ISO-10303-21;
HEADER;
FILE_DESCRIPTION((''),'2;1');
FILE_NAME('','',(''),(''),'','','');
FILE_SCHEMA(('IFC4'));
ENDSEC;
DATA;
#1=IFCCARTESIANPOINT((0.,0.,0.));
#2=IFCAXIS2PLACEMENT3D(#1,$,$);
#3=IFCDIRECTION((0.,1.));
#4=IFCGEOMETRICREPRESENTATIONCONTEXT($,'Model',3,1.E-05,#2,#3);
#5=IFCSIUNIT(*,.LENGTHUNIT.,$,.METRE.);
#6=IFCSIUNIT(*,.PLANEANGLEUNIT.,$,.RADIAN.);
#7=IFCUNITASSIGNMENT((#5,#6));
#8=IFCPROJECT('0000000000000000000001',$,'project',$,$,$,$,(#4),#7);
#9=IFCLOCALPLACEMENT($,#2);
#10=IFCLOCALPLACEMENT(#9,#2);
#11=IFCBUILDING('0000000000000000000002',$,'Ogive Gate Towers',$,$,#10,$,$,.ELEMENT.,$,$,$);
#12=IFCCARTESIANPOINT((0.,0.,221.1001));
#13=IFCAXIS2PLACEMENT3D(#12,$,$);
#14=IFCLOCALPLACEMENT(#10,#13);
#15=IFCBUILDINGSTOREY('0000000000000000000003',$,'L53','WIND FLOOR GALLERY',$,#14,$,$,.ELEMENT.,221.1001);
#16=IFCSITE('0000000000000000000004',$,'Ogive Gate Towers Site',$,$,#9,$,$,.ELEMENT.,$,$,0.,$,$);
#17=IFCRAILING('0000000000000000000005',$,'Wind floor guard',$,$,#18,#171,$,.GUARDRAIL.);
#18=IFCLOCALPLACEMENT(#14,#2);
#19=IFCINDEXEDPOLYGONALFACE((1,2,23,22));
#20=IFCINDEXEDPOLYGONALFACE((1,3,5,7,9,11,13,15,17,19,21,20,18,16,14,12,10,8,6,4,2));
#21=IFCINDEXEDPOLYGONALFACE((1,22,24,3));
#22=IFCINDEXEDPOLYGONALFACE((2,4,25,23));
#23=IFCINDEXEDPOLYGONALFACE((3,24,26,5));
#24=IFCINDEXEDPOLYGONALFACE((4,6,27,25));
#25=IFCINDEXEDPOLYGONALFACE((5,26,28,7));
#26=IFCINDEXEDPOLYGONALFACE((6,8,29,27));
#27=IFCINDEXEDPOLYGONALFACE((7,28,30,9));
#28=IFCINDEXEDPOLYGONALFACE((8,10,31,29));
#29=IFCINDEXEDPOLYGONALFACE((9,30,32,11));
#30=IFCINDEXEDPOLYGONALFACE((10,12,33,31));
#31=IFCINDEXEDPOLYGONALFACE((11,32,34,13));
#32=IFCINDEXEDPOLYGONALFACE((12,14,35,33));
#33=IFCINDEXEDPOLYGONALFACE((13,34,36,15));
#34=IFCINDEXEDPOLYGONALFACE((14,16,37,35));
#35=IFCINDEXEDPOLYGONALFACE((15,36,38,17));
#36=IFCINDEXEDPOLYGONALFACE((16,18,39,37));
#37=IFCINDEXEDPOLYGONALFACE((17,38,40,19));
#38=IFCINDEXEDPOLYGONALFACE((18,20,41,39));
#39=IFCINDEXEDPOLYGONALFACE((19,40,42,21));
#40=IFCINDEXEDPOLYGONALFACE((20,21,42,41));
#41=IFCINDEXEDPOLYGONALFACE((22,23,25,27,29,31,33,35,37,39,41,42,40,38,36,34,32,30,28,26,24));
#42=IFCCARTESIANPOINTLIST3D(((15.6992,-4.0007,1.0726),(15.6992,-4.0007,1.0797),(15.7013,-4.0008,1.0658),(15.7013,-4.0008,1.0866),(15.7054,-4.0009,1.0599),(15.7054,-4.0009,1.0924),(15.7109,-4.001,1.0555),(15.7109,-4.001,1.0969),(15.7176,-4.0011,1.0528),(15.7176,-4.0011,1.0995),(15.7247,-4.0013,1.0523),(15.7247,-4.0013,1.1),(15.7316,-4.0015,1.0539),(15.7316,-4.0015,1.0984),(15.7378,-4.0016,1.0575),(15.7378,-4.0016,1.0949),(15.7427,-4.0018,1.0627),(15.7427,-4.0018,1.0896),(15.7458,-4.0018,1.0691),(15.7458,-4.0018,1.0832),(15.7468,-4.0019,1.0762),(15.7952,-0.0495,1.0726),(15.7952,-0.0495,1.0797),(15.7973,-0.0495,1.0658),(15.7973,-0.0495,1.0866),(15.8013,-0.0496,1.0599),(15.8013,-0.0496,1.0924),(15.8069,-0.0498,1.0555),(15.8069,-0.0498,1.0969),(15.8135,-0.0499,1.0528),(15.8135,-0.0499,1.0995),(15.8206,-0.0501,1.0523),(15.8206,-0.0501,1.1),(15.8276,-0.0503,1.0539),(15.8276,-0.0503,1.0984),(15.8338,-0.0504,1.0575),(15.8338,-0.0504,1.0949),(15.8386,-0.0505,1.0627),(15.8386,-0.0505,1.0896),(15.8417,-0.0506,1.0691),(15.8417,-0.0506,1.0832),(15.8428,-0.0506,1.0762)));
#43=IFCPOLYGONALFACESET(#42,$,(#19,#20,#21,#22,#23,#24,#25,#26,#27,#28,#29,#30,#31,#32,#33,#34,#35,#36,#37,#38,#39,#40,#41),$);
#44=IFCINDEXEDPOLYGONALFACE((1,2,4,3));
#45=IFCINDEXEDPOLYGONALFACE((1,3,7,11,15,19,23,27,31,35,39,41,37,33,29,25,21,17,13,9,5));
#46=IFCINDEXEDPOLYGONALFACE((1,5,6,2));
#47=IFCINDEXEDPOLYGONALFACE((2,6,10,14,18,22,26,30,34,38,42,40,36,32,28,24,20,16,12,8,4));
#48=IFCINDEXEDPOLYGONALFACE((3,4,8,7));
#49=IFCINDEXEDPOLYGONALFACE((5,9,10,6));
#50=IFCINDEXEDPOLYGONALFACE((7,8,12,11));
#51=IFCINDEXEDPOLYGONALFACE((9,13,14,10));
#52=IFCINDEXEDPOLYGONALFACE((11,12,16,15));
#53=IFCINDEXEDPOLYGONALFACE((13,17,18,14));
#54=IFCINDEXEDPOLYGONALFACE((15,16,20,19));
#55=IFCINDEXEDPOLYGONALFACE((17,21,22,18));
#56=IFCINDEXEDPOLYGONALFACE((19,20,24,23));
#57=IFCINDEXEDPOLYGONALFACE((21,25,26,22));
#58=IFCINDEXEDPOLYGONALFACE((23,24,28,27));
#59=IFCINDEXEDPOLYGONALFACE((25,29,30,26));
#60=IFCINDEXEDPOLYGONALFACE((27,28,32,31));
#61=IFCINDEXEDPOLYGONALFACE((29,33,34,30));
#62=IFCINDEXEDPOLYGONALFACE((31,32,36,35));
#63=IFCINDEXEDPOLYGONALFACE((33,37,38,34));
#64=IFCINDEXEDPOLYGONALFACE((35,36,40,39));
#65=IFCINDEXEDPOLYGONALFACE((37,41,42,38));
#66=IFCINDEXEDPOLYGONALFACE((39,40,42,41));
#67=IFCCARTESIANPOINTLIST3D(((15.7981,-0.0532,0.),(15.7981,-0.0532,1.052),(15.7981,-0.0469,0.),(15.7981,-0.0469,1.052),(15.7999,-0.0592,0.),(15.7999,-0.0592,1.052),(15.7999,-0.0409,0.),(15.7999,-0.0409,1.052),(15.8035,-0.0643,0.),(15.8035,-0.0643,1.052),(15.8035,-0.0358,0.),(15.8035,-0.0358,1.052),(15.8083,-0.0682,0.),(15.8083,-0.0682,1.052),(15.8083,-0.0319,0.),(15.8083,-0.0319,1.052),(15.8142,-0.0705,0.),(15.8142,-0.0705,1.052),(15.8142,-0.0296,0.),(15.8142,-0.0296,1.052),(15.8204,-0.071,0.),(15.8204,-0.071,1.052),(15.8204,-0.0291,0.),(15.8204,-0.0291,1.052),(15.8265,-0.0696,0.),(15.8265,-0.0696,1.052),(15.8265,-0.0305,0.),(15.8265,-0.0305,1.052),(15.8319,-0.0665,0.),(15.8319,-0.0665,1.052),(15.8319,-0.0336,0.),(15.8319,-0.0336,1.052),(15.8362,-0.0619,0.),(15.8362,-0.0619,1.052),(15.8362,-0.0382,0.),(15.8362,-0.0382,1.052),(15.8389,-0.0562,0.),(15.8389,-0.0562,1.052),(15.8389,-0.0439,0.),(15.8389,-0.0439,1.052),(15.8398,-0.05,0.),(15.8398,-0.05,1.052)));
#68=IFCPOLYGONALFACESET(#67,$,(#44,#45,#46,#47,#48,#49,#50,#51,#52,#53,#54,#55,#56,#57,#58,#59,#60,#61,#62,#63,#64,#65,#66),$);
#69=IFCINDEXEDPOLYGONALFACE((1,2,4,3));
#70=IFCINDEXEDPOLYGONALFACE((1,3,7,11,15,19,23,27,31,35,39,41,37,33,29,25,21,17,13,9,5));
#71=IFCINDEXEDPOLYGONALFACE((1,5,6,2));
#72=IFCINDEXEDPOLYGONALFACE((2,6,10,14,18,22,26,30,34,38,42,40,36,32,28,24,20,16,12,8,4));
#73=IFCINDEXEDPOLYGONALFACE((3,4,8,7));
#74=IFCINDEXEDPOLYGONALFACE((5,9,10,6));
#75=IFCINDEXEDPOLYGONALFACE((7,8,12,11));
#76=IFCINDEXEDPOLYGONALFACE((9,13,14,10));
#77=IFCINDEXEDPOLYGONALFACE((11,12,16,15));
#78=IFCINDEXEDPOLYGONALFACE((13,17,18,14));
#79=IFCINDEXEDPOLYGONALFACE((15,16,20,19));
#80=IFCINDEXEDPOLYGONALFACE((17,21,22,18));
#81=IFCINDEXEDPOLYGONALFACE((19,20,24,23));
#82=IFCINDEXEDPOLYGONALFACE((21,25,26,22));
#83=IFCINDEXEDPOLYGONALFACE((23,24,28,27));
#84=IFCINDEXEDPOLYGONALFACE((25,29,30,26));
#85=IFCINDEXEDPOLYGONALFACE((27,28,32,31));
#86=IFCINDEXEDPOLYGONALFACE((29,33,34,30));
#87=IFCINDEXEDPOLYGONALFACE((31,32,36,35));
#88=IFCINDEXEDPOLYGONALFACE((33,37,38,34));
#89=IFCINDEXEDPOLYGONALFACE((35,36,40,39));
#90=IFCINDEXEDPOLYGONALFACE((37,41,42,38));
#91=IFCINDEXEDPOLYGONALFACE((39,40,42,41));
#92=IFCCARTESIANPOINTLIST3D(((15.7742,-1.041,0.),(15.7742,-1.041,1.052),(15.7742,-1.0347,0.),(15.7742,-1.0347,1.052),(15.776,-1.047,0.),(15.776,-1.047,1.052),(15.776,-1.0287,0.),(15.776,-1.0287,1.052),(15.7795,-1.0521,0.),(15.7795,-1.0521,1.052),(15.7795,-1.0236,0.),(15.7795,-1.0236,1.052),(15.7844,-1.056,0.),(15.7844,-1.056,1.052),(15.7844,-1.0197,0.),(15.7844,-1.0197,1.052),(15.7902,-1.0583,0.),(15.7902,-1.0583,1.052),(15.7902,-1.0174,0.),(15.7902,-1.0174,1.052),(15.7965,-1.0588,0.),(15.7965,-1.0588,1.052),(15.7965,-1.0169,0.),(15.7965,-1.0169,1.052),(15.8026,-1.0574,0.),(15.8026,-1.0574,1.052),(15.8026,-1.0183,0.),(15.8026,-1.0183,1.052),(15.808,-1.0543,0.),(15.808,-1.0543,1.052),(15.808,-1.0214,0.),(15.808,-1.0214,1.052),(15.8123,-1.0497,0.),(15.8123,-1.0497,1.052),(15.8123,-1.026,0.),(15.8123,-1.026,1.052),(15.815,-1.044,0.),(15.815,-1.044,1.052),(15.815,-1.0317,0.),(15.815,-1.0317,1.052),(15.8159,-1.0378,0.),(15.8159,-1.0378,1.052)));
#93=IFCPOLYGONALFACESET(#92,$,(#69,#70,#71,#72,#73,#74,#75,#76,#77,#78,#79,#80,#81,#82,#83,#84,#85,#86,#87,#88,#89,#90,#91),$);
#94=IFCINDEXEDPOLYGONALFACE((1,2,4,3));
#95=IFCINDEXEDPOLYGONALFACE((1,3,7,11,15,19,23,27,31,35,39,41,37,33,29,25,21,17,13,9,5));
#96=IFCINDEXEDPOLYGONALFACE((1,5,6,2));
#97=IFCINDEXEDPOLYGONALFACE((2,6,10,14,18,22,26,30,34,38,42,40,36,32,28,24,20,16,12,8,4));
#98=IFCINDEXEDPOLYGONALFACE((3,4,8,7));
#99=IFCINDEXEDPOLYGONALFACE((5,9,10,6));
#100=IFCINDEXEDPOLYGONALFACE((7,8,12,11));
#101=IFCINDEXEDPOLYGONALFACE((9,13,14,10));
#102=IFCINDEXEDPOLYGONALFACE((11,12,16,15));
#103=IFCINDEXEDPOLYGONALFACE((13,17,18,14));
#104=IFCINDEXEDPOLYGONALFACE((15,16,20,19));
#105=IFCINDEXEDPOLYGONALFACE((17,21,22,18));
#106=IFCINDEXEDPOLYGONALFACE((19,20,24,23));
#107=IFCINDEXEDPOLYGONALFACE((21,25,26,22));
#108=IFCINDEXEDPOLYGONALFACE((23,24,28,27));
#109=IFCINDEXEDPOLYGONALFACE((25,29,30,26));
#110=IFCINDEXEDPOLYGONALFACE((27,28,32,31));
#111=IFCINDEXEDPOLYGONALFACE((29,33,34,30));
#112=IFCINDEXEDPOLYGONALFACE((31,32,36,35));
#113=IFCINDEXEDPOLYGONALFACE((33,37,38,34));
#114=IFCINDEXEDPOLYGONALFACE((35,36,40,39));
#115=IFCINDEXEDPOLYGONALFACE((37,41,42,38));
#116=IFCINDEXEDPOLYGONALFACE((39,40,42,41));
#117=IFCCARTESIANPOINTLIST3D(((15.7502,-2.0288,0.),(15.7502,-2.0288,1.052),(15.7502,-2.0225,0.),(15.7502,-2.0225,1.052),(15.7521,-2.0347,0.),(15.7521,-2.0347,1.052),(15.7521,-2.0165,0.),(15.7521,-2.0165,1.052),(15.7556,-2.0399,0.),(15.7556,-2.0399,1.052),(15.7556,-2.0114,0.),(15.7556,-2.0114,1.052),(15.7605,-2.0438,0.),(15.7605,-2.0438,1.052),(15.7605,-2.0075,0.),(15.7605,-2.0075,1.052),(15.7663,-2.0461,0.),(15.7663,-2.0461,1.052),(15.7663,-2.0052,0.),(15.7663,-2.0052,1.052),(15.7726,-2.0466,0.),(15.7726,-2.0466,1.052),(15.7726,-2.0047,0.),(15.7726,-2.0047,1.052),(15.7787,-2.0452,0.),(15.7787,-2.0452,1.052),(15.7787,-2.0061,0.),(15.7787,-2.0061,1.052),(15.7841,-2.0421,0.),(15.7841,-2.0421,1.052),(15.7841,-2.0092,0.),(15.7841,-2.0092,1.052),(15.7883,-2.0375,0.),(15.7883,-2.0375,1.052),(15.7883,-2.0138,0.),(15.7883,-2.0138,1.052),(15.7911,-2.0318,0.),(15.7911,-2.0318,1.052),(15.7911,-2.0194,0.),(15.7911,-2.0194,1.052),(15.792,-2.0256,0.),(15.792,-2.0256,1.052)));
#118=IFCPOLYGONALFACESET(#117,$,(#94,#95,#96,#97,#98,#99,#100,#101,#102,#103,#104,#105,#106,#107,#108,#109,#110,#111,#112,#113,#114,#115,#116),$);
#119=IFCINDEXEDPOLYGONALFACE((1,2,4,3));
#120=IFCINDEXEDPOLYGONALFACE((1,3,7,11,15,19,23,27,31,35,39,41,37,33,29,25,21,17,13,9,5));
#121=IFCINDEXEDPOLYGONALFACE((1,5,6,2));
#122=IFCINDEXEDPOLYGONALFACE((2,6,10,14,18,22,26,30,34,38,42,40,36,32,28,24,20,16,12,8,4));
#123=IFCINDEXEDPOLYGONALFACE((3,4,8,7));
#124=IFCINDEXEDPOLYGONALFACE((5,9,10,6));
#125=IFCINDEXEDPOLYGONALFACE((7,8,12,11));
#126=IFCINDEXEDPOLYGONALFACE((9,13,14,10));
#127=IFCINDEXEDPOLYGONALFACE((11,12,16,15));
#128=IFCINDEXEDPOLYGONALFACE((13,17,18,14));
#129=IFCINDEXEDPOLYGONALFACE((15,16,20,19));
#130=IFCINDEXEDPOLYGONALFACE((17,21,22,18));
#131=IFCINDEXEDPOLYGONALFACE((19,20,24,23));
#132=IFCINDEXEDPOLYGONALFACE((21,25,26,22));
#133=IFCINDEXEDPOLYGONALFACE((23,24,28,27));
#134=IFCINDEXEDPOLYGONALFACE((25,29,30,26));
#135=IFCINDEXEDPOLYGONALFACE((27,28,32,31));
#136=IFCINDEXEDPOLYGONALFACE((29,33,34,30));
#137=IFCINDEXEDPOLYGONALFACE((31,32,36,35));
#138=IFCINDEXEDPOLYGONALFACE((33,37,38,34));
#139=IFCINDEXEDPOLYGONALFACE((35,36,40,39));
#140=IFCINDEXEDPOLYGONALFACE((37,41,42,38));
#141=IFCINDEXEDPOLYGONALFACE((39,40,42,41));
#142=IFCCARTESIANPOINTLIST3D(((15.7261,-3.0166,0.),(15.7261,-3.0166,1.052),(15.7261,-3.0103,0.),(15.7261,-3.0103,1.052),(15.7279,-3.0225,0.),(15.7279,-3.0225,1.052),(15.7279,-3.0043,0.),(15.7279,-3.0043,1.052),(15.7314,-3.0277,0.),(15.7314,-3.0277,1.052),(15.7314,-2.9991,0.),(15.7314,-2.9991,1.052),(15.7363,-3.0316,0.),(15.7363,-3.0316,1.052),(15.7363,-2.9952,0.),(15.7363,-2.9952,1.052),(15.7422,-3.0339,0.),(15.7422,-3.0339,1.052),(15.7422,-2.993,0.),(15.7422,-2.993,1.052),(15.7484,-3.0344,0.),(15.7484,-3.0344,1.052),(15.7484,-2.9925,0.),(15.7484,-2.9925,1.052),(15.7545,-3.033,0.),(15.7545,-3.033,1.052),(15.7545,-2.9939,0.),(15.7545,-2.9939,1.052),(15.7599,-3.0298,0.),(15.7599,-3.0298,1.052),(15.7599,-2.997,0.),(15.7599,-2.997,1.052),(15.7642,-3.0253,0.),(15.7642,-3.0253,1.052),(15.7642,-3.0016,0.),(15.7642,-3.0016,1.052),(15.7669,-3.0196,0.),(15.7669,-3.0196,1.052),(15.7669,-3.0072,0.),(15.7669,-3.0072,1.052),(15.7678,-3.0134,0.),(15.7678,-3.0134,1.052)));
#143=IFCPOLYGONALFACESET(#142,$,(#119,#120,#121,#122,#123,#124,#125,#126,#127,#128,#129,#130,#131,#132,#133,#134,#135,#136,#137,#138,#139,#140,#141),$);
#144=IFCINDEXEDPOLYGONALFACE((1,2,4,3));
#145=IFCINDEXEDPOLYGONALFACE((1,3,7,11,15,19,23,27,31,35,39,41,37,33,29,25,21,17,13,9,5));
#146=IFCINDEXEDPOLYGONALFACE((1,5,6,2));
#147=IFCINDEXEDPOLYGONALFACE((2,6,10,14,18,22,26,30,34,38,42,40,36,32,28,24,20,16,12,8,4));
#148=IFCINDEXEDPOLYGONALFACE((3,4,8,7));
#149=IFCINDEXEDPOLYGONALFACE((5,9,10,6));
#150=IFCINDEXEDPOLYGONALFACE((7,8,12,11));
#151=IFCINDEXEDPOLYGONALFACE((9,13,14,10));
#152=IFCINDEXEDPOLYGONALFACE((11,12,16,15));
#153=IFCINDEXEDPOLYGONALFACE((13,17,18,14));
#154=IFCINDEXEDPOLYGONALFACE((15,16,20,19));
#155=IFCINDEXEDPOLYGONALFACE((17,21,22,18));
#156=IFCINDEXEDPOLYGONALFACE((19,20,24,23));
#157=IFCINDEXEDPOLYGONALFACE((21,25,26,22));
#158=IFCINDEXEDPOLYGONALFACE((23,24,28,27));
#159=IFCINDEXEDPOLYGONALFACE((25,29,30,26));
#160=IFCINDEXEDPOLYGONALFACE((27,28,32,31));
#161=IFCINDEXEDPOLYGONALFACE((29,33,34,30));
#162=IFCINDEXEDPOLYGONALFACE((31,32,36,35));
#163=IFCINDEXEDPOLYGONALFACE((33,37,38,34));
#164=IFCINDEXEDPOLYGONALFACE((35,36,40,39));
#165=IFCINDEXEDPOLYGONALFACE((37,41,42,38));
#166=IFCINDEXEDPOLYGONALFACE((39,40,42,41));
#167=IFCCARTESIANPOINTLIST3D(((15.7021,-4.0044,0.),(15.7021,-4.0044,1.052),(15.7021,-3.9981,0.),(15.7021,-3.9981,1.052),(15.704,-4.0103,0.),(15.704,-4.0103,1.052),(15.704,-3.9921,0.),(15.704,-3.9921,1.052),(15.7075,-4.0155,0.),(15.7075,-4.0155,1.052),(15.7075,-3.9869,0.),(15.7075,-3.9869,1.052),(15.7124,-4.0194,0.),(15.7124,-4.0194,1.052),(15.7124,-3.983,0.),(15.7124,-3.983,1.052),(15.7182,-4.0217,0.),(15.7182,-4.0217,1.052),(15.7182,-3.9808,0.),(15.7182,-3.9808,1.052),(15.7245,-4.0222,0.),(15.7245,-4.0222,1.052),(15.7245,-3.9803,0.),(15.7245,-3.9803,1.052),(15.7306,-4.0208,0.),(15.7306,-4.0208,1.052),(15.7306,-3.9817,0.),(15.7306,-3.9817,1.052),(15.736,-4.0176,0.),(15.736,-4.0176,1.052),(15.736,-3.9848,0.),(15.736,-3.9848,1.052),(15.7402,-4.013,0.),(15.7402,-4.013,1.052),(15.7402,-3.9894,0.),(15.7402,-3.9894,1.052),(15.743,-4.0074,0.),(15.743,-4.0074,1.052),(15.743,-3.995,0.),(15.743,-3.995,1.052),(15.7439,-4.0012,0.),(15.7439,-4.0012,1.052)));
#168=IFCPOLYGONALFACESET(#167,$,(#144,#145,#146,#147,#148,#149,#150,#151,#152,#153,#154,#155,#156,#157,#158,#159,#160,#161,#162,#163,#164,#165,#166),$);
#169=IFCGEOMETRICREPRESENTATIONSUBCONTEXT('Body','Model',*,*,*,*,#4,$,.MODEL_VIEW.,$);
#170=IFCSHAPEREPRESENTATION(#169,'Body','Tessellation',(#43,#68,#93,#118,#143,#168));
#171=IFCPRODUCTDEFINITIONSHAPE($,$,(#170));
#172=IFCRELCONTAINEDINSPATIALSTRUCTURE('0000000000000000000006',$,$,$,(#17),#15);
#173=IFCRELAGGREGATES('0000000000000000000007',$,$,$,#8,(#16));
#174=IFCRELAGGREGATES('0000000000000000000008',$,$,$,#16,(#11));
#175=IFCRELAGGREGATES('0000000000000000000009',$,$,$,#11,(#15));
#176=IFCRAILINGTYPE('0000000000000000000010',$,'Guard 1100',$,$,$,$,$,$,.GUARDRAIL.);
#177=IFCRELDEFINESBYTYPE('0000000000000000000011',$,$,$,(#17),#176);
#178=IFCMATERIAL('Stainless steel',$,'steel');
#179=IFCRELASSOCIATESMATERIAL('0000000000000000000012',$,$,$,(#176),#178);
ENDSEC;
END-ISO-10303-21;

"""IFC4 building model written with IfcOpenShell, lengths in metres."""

from ifc_helpers import new_model, si_unit, direction, frame, origin, origin_2d, place, context, subcontext, project, spatial, circle, extrude, material, type_object, element, save


model = new_model("IFC4")

# Units and contexts
model_context = context("Model", 3, precision=1e-05, world=origin(), true_north=direction((0.0, 1.0)))
body_context = subcontext(model_context, "Body", "Model", "MODEL_VIEW")
ifc_project = project(units=[si_unit("LENGTHUNIT", "METRE"), si_unit("PLANEANGLEUNIT", "RADIAN")], contexts=[model_context])

# Site, building, storey
site_placement = place(None, origin())
site = spatial("IfcSite", under=ifc_project, at=site_placement, Name="Ogive Gate Towers Site", CompositionType="ELEMENT", RefElevation=0.0)
building_placement = place(site_placement, origin())
building = spatial("IfcBuilding", under=site, at=building_placement, Name="Ogive Gate Towers", CompositionType="ELEMENT")
storey_placement = place(building_placement, frame((0.0, 0.0, 221.1001)))
storey = spatial("IfcBuildingStorey", under=building, at=storey_placement, Name="L53", Description="WIND FLOOR GALLERY", CompositionType="ELEMENT", Elevation=221.1001)

# Railing
ifc_material_1 = material(Name="Stainless steel", Category="steel")
railing_type = type_object("IfcRailingType", Name="Guard 1100", PredefinedType="GUARDRAIL", material=ifc_material_1)
railing_1_placement = place(storey_placement, frame((15.8188, -0.05, 0.0)))
element("IfcRailing", 1, at=railing_1_placement, inside=storey, type_object=railing_type, Name="Wind floor guard", PredefinedType="GUARDRAIL", context=body_context, shape_type="SweptSolid", body=[
    extrude(circle(Radius=0.0239, at=origin_2d()), frame((0.0, 0.0, 1.0762), z_axis=(-0.024276, -0.999705, 0.0), x_axis=(0.999705, -0.024276, 0.0)), (0.0, 0.0, 1.0), 3.9524),
    extrude(circle(Radius=0.021, at=origin_2d()), origin(), (0.0, 0.0, 1.0), 1.052),
    extrude(circle(Radius=0.021, at=origin_2d()), frame((-0.0239, -0.9878, 0.0)), (0.0, 0.0, 1.0), 1.052),
    extrude(circle(Radius=0.021, at=origin_2d()), frame((-0.0479, -1.9756, 0.0)), (0.0, 0.0, 1.0), 1.052),
    extrude(circle(Radius=0.021, at=origin_2d()), frame((-0.072, -2.9634, 0.0)), (0.0, 0.0, 1.0), 1.052),
    extrude(circle(Radius=0.021, at=origin_2d()), frame((-0.0959, -3.9512, 0.0)), (0.0, 0.0, 1.0), 1.052),
])

save(model, "model.ifc")
